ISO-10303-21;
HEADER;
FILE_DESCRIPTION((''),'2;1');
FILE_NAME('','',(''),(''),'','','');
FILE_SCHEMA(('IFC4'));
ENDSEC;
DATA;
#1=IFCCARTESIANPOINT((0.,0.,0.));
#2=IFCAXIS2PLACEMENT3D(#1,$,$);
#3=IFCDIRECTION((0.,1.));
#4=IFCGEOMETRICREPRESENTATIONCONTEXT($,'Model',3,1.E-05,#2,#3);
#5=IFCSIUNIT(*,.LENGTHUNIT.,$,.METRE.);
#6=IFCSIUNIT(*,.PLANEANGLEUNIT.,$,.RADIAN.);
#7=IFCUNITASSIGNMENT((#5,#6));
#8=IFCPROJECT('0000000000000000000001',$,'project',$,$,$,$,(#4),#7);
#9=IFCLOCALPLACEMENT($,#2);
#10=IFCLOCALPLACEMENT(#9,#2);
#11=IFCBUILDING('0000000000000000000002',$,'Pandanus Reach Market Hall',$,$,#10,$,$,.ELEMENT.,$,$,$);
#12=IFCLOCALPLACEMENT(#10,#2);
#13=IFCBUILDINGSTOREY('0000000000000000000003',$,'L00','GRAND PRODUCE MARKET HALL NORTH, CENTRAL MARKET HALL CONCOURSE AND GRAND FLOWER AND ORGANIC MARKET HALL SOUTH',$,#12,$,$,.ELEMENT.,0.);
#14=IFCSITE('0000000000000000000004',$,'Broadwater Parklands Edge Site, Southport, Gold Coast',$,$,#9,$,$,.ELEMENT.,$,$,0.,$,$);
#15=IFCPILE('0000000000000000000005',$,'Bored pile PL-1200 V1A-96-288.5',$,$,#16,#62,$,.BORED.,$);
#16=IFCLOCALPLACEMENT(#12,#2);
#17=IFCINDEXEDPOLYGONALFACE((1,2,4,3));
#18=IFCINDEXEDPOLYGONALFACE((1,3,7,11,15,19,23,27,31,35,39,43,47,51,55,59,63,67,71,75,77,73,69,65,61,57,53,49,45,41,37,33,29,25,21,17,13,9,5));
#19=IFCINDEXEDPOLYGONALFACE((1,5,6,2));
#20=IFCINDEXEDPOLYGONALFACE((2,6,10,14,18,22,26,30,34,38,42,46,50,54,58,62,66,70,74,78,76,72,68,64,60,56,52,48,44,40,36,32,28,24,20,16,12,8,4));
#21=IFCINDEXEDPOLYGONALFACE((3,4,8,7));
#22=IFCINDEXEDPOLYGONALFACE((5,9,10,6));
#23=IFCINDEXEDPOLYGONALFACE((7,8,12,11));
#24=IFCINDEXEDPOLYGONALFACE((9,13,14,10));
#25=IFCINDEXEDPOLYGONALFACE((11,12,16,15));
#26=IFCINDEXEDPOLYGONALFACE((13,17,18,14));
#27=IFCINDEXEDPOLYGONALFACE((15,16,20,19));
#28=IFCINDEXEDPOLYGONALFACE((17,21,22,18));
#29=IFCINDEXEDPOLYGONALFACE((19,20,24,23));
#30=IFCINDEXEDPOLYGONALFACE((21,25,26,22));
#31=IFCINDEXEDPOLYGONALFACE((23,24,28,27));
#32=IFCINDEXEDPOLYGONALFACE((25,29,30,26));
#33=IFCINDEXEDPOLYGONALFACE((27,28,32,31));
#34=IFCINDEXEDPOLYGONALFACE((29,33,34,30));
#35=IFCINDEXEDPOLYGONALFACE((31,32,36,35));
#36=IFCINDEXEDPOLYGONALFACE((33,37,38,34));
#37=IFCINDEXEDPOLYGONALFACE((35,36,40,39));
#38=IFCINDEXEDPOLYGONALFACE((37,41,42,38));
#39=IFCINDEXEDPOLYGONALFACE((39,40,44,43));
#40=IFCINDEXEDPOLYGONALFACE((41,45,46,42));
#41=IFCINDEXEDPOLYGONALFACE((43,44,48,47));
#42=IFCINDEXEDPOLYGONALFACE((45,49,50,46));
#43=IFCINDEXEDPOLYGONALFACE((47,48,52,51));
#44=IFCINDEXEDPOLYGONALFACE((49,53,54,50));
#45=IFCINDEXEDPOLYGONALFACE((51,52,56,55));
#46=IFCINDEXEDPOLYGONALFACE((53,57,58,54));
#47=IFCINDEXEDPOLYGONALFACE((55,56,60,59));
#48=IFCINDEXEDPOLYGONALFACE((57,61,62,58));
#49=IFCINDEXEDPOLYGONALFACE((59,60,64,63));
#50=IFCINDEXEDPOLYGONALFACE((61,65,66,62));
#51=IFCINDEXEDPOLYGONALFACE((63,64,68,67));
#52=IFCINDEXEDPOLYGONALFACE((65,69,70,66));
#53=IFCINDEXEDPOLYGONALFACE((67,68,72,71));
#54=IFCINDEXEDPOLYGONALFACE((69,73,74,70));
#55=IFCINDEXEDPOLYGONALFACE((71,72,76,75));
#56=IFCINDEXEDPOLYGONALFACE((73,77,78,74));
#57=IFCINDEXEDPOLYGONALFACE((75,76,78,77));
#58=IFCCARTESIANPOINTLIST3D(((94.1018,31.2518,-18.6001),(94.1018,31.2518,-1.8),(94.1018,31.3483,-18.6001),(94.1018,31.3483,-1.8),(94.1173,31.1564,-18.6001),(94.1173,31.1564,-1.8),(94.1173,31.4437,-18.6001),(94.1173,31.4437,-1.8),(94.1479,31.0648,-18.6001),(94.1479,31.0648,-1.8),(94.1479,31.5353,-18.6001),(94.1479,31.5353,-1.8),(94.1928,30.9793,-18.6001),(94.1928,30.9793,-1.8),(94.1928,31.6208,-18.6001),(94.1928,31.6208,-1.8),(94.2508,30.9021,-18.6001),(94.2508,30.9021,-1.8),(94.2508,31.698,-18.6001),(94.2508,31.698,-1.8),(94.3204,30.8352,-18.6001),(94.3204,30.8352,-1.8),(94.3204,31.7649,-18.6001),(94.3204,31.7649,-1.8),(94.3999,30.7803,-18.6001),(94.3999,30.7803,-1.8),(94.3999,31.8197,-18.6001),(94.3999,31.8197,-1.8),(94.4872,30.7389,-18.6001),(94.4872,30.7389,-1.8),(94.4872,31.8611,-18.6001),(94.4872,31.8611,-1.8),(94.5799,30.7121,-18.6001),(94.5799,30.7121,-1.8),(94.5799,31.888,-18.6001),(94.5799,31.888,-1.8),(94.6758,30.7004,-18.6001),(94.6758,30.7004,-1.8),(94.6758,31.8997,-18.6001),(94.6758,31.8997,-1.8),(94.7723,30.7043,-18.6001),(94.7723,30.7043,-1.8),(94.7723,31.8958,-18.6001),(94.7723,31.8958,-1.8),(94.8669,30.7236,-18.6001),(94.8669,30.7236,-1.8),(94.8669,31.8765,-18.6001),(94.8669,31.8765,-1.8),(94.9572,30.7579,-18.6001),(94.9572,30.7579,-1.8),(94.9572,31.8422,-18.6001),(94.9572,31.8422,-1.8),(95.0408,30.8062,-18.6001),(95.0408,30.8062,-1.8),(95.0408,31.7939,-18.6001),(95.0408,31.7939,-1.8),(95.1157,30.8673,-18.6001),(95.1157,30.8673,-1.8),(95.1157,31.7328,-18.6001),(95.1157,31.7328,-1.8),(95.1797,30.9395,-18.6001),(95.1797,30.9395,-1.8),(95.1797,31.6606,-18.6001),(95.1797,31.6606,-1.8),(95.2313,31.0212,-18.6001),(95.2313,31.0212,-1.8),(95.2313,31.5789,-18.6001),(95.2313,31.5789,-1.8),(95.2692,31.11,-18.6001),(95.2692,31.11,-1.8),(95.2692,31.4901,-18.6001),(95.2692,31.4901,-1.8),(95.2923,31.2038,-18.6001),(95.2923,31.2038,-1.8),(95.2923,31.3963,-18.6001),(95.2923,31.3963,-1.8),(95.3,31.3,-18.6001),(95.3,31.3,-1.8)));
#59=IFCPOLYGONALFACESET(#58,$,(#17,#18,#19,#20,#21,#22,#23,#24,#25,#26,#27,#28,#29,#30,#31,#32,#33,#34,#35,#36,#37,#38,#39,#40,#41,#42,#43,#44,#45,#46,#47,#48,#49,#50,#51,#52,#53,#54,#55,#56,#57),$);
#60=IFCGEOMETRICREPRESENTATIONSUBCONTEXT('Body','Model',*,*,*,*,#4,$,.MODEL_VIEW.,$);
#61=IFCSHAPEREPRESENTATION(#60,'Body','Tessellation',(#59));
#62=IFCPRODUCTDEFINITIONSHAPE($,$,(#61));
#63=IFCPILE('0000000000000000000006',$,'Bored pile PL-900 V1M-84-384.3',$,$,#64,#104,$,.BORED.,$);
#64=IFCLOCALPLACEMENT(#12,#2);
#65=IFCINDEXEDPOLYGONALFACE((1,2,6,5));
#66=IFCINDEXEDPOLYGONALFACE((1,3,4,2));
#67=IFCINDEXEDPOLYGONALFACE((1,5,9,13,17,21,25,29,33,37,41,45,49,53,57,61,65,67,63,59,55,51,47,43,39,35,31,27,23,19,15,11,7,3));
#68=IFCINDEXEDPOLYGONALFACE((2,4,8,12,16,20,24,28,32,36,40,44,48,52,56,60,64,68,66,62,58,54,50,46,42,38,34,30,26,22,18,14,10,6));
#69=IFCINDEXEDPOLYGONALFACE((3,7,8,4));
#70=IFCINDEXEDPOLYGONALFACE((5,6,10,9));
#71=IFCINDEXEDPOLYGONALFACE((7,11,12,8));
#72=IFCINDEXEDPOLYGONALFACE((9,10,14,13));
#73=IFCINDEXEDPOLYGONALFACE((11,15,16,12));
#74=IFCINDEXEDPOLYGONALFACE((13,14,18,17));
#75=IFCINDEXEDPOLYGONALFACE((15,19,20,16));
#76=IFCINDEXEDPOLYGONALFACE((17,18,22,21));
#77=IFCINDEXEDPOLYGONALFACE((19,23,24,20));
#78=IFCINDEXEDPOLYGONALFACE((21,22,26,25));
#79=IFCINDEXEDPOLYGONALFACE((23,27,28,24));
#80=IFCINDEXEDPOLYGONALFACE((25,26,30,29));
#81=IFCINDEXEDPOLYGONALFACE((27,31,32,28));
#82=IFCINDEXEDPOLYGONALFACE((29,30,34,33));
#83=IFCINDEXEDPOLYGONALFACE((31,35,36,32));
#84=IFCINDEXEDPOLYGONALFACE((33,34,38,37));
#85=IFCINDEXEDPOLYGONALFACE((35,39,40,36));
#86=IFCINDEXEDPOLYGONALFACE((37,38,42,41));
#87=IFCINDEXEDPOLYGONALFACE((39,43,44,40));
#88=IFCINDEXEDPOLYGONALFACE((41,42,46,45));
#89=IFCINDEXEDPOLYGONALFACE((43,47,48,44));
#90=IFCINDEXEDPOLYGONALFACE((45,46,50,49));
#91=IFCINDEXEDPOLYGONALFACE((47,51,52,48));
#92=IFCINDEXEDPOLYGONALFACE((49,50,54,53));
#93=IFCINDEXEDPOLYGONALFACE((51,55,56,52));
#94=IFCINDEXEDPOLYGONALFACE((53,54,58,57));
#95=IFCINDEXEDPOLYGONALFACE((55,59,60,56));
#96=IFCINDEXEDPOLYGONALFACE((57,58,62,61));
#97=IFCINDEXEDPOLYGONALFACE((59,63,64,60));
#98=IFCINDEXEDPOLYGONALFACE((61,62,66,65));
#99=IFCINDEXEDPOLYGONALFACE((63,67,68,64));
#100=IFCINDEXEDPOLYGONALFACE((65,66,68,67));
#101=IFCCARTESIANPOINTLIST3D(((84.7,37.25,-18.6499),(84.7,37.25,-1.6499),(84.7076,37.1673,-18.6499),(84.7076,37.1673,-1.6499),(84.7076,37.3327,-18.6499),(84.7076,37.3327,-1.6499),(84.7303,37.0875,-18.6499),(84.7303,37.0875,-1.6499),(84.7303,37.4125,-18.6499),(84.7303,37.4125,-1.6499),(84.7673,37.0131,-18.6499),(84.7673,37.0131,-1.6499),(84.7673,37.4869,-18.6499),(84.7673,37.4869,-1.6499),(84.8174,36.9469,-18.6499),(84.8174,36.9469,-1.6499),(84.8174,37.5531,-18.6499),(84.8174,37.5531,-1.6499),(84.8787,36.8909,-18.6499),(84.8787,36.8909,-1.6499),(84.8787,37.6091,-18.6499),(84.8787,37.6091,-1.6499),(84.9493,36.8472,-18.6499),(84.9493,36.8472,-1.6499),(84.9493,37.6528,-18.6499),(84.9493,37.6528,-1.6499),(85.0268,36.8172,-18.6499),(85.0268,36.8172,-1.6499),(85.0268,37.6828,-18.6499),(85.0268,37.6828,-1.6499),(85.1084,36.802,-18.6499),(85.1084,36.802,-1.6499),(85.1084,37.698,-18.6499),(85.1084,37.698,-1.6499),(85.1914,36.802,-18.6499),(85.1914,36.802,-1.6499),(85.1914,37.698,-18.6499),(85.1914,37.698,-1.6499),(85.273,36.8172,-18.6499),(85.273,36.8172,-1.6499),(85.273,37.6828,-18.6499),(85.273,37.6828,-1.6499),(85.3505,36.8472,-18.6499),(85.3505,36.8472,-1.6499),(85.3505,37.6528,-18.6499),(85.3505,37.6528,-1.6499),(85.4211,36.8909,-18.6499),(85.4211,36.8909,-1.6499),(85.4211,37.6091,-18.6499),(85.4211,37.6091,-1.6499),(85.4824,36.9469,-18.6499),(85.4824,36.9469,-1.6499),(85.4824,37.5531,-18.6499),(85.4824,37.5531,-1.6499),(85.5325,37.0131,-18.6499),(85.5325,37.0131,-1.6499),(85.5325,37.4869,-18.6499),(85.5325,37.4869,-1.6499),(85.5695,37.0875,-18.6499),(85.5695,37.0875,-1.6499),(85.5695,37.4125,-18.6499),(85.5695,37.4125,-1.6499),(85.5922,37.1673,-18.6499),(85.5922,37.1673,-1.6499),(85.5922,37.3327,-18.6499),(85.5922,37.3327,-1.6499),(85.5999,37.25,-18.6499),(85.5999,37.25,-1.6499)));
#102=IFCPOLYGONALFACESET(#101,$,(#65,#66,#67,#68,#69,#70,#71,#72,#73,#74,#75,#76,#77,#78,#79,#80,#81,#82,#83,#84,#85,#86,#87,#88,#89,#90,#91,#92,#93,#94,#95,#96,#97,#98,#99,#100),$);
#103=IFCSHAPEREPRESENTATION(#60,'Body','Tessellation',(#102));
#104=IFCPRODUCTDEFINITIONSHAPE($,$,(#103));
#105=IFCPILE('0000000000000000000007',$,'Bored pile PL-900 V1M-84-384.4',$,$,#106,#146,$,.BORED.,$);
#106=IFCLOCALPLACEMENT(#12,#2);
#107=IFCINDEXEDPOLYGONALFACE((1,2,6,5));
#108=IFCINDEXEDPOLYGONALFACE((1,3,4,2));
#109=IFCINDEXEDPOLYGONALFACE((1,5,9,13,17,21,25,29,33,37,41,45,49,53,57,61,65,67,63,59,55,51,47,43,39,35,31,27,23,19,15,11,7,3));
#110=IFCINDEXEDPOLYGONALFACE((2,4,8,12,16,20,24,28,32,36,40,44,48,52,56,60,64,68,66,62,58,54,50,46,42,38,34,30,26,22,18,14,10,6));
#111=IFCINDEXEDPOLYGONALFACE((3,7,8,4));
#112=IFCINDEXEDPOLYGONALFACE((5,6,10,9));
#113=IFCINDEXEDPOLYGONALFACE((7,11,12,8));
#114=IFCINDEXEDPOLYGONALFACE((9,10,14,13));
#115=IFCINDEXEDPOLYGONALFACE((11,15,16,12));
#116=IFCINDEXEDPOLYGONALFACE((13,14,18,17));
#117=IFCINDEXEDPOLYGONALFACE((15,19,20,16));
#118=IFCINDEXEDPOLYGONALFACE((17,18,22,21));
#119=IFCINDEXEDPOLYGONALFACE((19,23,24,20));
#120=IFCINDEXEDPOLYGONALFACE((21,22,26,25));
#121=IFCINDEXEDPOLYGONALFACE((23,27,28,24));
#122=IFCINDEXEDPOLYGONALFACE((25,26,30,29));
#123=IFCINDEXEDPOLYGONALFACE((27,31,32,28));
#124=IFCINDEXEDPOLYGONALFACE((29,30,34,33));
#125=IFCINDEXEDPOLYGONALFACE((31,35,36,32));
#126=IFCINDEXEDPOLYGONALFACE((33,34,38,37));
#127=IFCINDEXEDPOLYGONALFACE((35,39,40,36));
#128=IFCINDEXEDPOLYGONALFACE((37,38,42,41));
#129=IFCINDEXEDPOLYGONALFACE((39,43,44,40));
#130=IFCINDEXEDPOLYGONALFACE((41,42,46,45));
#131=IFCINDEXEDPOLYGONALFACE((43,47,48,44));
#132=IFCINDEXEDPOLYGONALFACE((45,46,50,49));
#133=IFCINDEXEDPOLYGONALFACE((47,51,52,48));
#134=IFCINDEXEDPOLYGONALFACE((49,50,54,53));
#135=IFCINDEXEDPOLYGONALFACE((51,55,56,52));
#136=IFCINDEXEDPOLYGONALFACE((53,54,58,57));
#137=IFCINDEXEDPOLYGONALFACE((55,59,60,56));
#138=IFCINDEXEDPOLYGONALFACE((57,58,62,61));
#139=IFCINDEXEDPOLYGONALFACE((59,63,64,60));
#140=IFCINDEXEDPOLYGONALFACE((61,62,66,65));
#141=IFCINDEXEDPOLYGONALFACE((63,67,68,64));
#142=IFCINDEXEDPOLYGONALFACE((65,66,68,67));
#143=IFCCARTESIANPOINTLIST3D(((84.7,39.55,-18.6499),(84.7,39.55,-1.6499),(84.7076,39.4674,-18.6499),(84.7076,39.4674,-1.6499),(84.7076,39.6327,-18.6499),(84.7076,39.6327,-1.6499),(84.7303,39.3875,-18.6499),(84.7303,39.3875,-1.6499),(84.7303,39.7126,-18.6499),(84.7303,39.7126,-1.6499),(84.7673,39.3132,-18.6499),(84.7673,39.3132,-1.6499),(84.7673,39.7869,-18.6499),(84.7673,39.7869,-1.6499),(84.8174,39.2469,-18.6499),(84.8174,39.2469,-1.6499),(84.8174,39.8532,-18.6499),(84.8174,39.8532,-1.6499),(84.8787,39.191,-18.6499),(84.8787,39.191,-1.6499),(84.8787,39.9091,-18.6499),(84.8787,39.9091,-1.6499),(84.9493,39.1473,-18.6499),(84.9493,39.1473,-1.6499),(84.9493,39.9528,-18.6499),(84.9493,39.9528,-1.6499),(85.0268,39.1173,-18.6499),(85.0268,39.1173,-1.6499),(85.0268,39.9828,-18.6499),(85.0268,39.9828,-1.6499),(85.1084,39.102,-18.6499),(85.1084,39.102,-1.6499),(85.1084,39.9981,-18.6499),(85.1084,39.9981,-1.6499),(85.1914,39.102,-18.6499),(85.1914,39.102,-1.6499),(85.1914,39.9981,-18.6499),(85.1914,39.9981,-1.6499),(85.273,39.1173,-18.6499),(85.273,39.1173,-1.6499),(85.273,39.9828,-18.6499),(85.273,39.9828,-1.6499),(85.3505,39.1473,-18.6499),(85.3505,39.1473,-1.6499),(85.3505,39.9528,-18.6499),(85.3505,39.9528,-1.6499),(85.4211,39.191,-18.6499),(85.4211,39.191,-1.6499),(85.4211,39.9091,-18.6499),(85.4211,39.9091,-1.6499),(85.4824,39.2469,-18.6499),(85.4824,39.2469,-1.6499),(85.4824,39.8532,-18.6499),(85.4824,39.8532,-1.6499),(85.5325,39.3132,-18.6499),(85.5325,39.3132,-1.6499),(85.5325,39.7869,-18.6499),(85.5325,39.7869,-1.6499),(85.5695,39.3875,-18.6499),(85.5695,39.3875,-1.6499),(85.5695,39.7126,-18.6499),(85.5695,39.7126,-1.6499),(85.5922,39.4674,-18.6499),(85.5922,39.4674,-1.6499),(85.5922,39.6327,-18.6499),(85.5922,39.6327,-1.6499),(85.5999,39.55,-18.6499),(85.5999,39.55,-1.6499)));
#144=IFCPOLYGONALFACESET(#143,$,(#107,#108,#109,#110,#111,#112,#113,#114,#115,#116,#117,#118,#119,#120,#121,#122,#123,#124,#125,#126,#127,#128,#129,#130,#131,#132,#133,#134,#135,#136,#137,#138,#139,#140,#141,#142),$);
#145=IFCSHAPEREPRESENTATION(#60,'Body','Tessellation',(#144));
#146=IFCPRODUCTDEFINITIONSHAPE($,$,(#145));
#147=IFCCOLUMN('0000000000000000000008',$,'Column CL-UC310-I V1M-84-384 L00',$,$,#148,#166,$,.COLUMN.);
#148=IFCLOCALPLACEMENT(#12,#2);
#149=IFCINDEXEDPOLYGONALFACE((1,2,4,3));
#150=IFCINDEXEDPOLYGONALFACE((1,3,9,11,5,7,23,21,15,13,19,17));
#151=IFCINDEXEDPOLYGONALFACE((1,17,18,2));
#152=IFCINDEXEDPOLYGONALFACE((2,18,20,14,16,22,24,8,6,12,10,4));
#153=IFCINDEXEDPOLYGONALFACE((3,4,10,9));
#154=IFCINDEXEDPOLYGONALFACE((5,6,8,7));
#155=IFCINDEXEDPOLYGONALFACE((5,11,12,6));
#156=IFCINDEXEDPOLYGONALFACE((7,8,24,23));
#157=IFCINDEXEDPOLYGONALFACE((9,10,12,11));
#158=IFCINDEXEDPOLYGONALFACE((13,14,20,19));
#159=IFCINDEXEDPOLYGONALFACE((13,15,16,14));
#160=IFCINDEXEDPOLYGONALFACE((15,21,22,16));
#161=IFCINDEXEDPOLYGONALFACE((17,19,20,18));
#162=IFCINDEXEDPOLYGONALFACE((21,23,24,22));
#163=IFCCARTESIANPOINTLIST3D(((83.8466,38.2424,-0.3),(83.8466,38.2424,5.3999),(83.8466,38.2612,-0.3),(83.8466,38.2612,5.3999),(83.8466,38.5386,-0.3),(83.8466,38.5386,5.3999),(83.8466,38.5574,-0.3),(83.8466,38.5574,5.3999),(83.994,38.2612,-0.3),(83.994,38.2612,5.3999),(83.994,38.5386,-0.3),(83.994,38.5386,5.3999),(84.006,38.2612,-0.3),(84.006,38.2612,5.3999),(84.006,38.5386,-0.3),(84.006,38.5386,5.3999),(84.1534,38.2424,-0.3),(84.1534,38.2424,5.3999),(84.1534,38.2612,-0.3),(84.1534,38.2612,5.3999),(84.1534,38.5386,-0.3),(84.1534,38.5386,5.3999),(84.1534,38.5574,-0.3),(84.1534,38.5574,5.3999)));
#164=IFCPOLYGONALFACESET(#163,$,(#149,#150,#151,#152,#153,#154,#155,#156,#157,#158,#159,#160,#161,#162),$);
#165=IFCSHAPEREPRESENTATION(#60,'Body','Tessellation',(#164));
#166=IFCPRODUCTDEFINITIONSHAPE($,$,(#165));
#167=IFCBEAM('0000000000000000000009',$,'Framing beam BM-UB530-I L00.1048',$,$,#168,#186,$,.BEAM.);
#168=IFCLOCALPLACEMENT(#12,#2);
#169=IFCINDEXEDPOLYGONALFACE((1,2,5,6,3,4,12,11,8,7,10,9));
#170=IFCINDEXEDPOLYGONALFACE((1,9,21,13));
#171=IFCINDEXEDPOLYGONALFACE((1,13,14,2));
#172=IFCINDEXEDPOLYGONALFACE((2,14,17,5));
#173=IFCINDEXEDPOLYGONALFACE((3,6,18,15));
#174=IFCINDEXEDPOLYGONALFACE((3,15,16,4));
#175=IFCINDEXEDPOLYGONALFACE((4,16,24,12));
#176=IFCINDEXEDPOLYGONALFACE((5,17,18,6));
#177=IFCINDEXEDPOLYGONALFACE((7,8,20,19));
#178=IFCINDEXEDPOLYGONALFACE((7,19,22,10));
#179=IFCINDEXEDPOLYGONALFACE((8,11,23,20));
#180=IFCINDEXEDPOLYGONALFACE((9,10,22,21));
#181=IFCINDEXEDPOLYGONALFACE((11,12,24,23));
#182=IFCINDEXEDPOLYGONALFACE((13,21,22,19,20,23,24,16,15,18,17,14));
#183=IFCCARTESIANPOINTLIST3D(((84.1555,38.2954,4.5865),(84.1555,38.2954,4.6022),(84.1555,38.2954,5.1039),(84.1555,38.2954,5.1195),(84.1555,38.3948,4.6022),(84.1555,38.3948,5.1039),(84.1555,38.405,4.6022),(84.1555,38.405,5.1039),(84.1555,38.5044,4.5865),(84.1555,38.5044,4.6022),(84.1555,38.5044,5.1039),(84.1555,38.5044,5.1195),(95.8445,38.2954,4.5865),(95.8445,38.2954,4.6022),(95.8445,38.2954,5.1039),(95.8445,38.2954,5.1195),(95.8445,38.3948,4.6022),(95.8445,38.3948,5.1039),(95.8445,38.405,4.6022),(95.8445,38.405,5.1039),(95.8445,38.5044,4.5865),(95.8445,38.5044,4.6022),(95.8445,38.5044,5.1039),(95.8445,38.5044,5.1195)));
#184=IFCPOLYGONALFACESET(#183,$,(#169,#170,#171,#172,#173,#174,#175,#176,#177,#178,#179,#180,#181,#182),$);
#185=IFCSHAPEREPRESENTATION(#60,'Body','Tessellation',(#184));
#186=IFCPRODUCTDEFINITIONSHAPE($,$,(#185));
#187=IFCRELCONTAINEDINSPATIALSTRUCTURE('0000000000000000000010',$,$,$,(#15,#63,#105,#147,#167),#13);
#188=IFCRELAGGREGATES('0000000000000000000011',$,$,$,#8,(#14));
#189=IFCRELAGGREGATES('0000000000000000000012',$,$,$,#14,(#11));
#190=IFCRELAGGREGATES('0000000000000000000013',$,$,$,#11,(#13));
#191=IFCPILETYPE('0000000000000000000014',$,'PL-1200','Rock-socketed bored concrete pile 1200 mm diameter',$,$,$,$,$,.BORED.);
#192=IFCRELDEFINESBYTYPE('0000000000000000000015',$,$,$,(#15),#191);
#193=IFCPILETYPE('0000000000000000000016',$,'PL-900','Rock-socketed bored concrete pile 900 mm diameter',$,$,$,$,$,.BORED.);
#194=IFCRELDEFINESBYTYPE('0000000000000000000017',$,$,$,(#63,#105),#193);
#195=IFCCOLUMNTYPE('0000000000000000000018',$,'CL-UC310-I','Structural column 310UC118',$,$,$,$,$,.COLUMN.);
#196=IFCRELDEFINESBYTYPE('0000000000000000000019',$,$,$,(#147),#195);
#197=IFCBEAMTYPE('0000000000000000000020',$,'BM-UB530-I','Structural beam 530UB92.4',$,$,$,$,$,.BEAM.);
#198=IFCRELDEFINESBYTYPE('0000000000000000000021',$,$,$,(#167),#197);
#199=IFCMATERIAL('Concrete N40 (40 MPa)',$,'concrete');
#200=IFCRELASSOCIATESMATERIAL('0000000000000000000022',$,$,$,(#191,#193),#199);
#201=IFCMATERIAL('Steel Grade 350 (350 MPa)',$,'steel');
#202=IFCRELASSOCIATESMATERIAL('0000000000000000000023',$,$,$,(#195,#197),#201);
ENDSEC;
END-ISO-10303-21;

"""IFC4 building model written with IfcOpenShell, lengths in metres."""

from ifc_helpers import new_model, si_unit, direction, frame, origin, origin_2d, place, context, subcontext, project, spatial, circle, i_section, extrude, material, material_profile, profile_set, type_object, element, save


model = new_model("IFC4")

# Units and contexts
model_context = context("Model", 3, precision=1e-05, world=origin(), true_north=direction((0.0, 1.0)))
body_context = subcontext(model_context, "Body", "Model", "MODEL_VIEW")
ifc_project = project(units=[si_unit("LENGTHUNIT", "METRE"), si_unit("PLANEANGLEUNIT", "RADIAN")], contexts=[model_context])

# Site, building, storey
site_placement = place(None, origin())
site = spatial("IfcSite", under=ifc_project, at=site_placement, Name="Broadwater Parklands Edge Site, Southport, Gold Coast", CompositionType="ELEMENT", RefElevation=0.0)
building_placement = place(site_placement, origin())
building = spatial("IfcBuilding", under=site, at=building_placement, Name="Pandanus Reach Market Hall", CompositionType="ELEMENT")
storey_placement = place(building_placement, origin())
storey = spatial("IfcBuildingStorey", under=building, at=storey_placement, Name="L00", Description="GRAND PRODUCE MARKET HALL NORTH, CENTRAL MARKET HALL CONCOURSE AND GRAND FLOWER AND ORGANIC MARKET HALL SOUTH", CompositionType="ELEMENT", Elevation=0.0)

# Shared definitions
ifc_material_1 = material(Name="Concrete N40 (40 MPa)", Category="concrete")

# Piles
ifc_material_profile_1 = material_profile(ifc_material_1, circle(Radius=0.6001, at=origin_2d()), Name="PILE-1200D", Category="LoadBearing")
ifc_profile_set_1 = profile_set([ifc_material_profile_1], Name="Concrete N40 (40 MPa)")
pile_type_1 = type_object("IfcPileType", Name="PL-1200", Description="Rock-socketed bored concrete pile 1200 mm diameter", PredefinedType="BORED", material=ifc_profile_set_1)
for number, where, z_axis, x_axis, name in (
    (1, (94.7, 31.3, -1.8), (0.0, 0.0, -1.0), (1.0, 0.0, 0.0), "Bored pile PL-1200 V1A-96-288.5"),
):
    element("IfcPile", number, at=place(storey_placement, frame(where, z_axis=z_axis, x_axis=x_axis)), inside=storey, type_object=pile_type_1, Name=name, PredefinedType="BORED", context=body_context, shape_type="SweptSolid", body=[
        extrude(circle(Radius=0.6001, at=origin_2d()), origin(), (0.0, 0.0, 1.0), 16.8),
    ])
ifc_material_profile_2 = material_profile(ifc_material_1, circle(Radius=0.45, at=origin_2d()), Name="PILE-900D", Category="LoadBearing")
ifc_profile_set_2 = profile_set([ifc_material_profile_2], Name="Concrete N40 (40 MPa)")
pile_type_2 = type_object("IfcPileType", Name="PL-900", Description="Rock-socketed bored concrete pile 900 mm diameter", PredefinedType="BORED", material=ifc_profile_set_2)
for number, where, z_axis, x_axis, name in (
    (2, (85.1499, 37.25, -1.6499), (0.0, 0.0, -1.0), (1.0, 0.0, 0.0), "Bored pile PL-900 V1M-84-384.3"),
    (3, (85.1499, 39.55, -1.6499), (0.0, 0.0, -1.0), (1.0, 0.0, 0.0), "Bored pile PL-900 V1M-84-384.4"),
):
    element("IfcPile", number, at=place(storey_placement, frame(where, z_axis=z_axis, x_axis=x_axis)), inside=storey, type_object=pile_type_2, Name=name, PredefinedType="BORED", context=body_context, shape_type="SweptSolid", body=[
        extrude(circle(Radius=0.45, at=origin_2d()), origin(), (0.0, 0.0, 1.0), 17.0),
    ])

# Column
ifc_material_2 = material(Name="Steel Grade 350 (350 MPa)", Category="steel")
ifc_material_profile_3 = material_profile(ifc_material_2, i_section(OverallWidth=0.3069, OverallDepth=0.3149, WebThickness=0.012, FlangeThickness=0.0188, at=origin_2d()), Name="310UC118", Category="LoadBearing")
ifc_profile_set_3 = profile_set([ifc_material_profile_3], Name="Steel Grade 350 (350 MPa)")
column_type = type_object("IfcColumnType", Name="CL-UC310-I", Description="Structural column 310UC118", PredefinedType="COLUMN", material=ifc_profile_set_3)
column_placement = place(storey_placement, frame((84.0, 38.3999, -0.3), z_axis=(0.0, 0.0, 1.0), x_axis=(1.0, 0.0, 0.0)))
element("IfcColumn", 4, at=column_placement, inside=storey, type_object=column_type, Name="Column CL-UC310-I V1M-84-384 L00", PredefinedType="COLUMN", context=body_context, shape_type="SweptSolid", body=[
    extrude(i_section(OverallWidth=0.3069, OverallDepth=0.3149, WebThickness=0.012, FlangeThickness=0.0188, at=origin_2d()), origin(), (0.0, 0.0, 1.0), 5.7),
])

# Beam
ifc_material_profile_4 = material_profile(ifc_material_2, i_section(OverallWidth=0.209, OverallDepth=0.533, WebThickness=0.0103, FlangeThickness=0.0156, at=origin_2d()), Name="530UB92.4", Category="LoadBearing")
ifc_profile_set_4 = profile_set([ifc_material_profile_4], Name="Steel Grade 350 (350 MPa)")
beam_type_1 = type_object("IfcBeamType", Name="BM-UB530-I", Description="Structural beam 530UB92.4", PredefinedType="BEAM", material=ifc_profile_set_4)
beam_1_placement = place(storey_placement, frame((84.1555, 38.3999, 4.853), z_axis=(1.0, 0.0, 0.0), x_axis=(0.0, 1.0, 0.0)))
element("IfcBeam", 5, at=beam_1_placement, inside=storey, type_object=beam_type_1, Name="Framing beam BM-UB530-I L00.1048", PredefinedType="BEAM", context=body_context, shape_type="SweptSolid", body=[
    extrude(i_section(OverallWidth=0.209, OverallDepth=0.533, WebThickness=0.0103, FlangeThickness=0.0156, at=origin_2d()), origin(), (0.0, 0.0, 1.0), 11.689),
])

save(model, "model.ifc")
